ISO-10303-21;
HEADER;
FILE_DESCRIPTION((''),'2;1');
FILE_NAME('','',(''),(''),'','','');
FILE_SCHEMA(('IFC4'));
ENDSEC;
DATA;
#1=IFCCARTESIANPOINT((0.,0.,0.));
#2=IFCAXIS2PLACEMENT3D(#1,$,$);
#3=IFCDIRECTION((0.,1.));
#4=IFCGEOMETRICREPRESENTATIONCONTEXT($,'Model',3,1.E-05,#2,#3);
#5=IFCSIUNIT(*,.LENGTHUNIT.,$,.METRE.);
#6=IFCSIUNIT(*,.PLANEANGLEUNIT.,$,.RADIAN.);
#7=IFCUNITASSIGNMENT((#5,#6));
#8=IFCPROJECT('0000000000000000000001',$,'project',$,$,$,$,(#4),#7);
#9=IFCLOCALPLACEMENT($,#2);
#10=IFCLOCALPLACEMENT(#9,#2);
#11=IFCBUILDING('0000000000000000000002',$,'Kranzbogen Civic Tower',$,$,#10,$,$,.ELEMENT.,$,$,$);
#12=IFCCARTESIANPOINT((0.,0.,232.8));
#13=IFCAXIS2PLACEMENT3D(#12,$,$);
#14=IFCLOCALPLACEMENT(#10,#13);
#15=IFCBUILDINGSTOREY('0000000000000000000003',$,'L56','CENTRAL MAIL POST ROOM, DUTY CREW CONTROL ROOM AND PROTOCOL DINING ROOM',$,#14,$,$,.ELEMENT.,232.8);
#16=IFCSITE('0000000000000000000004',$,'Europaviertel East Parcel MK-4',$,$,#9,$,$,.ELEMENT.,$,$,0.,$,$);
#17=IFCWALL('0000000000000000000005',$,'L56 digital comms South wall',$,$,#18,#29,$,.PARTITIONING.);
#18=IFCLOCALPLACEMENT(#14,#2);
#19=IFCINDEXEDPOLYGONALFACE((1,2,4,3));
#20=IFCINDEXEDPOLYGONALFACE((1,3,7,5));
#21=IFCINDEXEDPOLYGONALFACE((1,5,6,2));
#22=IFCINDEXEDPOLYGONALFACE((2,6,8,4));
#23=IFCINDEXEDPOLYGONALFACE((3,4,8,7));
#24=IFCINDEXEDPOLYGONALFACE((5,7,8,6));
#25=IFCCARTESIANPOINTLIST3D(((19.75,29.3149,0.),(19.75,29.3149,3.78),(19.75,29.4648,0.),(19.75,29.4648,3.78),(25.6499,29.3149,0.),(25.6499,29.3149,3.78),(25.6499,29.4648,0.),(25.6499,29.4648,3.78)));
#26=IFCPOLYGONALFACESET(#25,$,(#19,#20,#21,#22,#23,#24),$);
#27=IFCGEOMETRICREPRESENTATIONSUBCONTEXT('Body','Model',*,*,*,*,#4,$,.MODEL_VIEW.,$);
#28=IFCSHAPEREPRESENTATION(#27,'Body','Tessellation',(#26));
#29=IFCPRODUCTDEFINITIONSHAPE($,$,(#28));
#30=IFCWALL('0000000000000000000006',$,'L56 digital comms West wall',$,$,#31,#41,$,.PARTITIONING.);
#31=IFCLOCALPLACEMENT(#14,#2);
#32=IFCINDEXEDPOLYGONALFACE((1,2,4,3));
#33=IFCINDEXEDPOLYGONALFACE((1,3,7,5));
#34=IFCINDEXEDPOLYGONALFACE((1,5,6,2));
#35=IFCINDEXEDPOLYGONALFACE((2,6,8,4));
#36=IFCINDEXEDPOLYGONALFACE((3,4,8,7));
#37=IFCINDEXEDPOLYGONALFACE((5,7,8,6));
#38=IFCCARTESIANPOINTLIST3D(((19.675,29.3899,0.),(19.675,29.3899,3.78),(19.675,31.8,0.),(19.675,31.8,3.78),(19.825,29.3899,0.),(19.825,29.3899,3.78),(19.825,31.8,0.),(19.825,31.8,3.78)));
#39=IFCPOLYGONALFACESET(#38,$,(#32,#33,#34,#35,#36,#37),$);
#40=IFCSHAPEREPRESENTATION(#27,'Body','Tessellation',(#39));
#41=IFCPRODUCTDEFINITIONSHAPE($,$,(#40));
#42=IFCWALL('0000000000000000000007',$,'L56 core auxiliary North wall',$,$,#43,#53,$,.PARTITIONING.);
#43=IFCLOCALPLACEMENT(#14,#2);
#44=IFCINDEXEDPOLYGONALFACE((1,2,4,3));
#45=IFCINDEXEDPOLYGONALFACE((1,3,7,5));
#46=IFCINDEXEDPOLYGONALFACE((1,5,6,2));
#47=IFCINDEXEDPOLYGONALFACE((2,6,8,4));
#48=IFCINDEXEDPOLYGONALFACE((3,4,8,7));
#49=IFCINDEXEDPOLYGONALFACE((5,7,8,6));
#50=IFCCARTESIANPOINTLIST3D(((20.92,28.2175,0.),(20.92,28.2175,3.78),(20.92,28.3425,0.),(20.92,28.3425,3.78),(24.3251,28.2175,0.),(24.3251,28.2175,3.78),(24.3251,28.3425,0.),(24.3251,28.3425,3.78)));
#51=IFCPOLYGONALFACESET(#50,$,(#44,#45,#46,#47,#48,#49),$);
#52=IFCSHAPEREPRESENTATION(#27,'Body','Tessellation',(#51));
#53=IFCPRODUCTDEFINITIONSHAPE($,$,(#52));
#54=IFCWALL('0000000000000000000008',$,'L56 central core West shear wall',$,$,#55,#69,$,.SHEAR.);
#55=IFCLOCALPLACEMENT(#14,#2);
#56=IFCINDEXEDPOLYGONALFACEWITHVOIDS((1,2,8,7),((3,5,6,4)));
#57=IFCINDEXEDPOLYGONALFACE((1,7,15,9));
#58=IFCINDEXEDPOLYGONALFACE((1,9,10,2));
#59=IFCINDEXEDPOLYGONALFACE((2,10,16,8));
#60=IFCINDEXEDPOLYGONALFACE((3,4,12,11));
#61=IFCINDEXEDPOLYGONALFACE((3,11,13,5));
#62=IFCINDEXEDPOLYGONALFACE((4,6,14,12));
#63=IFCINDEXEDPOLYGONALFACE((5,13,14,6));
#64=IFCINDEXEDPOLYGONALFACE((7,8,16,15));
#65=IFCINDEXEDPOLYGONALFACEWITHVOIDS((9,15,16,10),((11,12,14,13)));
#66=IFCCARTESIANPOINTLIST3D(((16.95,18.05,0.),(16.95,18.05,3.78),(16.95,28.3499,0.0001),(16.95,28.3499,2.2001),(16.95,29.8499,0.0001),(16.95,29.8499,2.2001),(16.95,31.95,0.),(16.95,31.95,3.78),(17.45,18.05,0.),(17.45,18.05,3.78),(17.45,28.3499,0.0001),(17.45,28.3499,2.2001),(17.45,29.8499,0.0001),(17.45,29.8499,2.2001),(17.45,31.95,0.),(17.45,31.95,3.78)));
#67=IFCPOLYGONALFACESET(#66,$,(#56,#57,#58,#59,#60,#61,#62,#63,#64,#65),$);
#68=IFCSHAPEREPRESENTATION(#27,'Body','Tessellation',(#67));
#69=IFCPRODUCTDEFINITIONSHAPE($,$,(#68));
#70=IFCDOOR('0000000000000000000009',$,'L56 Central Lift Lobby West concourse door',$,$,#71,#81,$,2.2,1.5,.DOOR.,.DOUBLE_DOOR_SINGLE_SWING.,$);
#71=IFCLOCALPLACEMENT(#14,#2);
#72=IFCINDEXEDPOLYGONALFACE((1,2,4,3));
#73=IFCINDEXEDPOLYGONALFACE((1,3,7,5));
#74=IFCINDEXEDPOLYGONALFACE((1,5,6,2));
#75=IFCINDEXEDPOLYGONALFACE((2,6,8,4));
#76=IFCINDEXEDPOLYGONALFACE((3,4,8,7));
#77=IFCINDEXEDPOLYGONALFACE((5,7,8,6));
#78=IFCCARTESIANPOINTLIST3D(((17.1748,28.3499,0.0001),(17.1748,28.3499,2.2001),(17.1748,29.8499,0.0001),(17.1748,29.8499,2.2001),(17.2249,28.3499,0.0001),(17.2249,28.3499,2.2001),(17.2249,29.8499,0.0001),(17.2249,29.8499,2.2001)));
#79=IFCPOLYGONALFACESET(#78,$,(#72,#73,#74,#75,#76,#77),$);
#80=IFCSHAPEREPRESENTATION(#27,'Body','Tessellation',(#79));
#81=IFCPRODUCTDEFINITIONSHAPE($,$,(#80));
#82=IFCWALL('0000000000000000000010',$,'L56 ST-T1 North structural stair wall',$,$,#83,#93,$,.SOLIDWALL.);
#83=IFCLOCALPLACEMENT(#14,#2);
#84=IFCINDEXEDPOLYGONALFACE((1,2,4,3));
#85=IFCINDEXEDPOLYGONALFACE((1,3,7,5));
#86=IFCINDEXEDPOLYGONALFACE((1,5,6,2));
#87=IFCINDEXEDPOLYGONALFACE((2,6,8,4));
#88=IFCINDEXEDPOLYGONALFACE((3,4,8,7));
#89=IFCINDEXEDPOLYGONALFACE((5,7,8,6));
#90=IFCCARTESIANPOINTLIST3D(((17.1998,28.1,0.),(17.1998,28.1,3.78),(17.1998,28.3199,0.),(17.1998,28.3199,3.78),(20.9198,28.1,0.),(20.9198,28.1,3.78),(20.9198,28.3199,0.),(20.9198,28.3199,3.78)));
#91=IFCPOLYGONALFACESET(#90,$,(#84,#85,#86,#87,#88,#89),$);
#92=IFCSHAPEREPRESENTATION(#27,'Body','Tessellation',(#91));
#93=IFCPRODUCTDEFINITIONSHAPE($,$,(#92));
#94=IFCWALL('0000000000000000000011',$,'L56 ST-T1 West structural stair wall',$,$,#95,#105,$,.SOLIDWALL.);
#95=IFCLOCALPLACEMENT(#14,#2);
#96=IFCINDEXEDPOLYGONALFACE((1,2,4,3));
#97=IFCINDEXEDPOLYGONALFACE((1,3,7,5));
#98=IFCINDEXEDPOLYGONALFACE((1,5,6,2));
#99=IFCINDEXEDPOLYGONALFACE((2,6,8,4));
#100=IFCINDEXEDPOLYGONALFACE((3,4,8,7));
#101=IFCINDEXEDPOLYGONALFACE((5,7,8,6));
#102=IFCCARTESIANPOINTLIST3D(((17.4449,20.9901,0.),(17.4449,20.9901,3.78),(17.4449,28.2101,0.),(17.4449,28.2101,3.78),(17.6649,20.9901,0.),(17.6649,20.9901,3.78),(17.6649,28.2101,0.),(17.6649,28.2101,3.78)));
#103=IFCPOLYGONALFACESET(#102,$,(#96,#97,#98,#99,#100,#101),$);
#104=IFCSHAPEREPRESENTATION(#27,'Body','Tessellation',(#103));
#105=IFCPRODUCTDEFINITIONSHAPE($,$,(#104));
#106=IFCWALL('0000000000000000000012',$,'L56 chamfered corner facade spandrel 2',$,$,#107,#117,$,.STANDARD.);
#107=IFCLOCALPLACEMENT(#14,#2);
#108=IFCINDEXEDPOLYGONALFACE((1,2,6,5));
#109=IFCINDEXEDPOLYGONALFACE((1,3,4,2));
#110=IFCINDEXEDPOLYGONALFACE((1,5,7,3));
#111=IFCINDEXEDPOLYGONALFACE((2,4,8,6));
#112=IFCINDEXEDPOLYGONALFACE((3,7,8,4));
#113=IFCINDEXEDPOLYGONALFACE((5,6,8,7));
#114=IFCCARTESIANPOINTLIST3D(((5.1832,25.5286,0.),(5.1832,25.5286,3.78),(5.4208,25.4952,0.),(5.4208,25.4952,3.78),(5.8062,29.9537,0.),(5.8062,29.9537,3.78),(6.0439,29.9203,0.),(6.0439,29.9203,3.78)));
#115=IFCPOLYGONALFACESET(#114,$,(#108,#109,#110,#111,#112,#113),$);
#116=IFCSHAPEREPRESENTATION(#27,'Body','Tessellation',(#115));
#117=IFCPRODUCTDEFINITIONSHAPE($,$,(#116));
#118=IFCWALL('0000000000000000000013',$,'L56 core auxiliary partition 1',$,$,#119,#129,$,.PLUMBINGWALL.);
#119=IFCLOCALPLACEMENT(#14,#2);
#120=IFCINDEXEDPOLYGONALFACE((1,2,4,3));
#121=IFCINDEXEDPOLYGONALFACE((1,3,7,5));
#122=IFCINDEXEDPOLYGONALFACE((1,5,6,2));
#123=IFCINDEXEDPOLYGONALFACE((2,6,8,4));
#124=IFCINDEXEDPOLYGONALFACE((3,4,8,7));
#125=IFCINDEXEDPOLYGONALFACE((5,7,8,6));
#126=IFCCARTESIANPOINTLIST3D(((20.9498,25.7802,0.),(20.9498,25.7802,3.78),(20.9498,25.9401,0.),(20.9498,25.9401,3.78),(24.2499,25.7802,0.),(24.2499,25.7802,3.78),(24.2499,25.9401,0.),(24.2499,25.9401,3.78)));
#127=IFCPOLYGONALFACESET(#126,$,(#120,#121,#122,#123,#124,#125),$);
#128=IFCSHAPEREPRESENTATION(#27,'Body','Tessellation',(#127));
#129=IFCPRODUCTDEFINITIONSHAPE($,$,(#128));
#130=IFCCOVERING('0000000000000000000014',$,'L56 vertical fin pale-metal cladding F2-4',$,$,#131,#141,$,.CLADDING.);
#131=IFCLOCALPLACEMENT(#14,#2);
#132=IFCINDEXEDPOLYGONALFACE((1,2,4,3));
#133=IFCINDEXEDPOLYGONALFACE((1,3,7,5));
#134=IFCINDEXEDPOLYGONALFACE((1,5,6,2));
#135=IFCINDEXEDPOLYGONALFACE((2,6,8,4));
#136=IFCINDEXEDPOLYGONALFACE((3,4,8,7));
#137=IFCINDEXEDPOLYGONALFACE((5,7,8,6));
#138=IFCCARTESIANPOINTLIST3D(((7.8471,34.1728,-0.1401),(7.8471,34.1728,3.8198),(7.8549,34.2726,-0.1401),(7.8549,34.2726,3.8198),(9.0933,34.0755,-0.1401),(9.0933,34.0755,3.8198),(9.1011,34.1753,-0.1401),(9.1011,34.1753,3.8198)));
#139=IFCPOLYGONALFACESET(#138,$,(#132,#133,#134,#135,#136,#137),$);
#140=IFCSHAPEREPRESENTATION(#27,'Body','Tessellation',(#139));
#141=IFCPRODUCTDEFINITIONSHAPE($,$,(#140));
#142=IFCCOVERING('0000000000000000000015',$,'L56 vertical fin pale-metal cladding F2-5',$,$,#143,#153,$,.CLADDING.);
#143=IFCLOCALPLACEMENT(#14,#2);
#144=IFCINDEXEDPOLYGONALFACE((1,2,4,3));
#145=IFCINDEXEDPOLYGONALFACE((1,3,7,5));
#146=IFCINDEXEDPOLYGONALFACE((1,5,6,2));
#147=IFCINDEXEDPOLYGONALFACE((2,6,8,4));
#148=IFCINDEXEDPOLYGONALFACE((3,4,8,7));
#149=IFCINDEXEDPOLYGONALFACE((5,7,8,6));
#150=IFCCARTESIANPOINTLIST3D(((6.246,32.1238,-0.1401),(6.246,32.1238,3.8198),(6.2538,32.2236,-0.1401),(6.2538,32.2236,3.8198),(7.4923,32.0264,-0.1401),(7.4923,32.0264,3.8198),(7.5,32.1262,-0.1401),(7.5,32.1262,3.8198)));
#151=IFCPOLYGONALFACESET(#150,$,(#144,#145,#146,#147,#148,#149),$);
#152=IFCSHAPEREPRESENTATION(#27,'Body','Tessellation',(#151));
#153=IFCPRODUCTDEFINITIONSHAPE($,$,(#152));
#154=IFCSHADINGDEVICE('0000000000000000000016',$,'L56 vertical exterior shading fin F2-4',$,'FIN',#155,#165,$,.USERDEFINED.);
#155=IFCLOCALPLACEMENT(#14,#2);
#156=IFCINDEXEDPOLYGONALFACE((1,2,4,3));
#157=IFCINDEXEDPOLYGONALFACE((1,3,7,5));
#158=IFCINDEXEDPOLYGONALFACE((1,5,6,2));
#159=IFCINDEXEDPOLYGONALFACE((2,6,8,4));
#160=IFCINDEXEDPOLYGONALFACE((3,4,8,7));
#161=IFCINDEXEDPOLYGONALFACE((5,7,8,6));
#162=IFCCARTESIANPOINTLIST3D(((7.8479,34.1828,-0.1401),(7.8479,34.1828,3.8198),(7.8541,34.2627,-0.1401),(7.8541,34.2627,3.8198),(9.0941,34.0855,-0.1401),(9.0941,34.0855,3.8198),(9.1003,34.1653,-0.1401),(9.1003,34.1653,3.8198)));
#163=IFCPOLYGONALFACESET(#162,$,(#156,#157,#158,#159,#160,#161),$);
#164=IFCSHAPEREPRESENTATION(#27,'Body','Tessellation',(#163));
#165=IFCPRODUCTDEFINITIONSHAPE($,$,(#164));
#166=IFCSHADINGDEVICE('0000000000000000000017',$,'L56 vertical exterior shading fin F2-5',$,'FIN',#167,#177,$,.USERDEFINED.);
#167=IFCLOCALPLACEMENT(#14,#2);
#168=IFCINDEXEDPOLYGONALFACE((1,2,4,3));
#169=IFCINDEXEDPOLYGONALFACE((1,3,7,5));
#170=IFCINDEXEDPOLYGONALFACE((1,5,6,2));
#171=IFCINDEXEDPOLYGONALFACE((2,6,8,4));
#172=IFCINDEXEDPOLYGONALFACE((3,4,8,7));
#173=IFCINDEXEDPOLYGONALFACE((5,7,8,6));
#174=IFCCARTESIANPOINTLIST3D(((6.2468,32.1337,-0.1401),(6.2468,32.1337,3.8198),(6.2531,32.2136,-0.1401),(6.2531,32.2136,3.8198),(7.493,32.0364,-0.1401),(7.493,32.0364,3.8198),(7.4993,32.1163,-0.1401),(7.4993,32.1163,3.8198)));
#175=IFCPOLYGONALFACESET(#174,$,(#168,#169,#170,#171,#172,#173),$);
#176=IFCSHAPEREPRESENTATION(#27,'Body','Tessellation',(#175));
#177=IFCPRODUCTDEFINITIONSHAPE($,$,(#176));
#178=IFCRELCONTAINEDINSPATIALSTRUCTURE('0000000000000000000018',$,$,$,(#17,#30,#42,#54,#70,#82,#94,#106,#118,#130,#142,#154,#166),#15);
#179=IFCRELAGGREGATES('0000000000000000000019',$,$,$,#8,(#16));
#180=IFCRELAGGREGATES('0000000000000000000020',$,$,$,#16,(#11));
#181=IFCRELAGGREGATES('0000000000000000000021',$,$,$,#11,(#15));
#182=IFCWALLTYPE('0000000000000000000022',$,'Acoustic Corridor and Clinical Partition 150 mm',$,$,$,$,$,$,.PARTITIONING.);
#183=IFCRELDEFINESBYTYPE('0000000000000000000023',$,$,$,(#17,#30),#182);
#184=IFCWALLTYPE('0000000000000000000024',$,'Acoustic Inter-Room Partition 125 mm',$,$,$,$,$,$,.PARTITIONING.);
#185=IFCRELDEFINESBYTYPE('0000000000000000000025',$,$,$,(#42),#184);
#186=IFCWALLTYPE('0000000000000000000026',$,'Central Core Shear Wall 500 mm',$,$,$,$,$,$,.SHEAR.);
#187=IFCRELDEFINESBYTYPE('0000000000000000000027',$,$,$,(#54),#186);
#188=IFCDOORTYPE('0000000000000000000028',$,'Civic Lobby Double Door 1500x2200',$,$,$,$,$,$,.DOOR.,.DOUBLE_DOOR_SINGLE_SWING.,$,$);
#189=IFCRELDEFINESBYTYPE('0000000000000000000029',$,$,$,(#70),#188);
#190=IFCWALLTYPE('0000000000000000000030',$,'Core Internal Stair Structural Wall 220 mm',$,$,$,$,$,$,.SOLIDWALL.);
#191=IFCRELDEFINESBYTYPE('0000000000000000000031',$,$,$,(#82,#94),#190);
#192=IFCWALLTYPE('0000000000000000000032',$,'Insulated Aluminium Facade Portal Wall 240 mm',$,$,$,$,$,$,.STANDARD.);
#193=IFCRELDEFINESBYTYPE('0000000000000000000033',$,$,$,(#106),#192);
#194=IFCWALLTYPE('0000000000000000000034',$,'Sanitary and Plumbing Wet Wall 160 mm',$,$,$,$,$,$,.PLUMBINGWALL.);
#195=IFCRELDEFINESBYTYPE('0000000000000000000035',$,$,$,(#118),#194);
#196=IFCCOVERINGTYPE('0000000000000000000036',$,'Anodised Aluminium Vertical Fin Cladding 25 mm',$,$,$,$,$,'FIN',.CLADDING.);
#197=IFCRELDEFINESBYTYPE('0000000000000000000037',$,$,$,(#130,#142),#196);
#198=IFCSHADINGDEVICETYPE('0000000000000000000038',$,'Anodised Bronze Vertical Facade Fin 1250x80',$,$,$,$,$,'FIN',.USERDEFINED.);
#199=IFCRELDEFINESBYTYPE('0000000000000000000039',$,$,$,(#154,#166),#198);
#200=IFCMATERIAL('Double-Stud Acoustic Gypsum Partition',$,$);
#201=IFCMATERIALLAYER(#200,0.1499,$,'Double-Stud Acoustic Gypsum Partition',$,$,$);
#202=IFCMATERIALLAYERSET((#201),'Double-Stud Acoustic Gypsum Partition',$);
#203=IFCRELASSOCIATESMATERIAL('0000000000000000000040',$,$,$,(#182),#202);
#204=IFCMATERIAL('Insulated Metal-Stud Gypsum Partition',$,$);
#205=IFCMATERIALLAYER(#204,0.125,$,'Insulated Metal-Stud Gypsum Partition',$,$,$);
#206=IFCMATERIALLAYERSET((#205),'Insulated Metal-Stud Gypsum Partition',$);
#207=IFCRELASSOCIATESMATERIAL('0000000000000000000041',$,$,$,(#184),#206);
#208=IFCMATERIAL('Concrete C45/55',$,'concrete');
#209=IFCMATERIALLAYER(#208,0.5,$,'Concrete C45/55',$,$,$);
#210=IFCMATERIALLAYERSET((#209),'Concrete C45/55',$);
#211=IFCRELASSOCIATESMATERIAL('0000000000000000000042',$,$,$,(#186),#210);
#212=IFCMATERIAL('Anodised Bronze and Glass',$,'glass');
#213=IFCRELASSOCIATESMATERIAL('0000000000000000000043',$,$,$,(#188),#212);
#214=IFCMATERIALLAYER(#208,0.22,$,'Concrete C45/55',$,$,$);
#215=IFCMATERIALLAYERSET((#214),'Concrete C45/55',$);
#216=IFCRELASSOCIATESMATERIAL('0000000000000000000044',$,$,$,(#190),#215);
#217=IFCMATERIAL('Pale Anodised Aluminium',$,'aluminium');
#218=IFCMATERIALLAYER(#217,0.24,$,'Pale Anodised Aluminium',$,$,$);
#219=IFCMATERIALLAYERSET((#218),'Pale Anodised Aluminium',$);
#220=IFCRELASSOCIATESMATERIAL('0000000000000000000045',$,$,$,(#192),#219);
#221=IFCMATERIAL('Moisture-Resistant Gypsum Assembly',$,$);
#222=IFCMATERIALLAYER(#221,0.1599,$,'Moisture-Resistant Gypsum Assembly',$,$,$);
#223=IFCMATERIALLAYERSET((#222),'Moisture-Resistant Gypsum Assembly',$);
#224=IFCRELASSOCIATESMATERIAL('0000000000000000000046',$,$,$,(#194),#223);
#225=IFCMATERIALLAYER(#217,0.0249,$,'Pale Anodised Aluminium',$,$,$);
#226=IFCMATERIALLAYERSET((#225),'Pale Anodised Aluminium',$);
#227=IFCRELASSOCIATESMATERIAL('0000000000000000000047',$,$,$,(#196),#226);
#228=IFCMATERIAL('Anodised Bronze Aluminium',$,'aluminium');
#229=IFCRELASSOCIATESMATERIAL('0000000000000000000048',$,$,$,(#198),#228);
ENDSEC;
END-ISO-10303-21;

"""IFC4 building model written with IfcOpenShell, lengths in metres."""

from ifc_helpers import new_model, si_unit, direction, frame, frame_2d, origin, origin_2d, place, context, subcontext, project, spatial, rectangle, extrude, material, layer, layer_set, type_object, element, fill, save


model = new_model("IFC4")

# Units and contexts
model_context = context("Model", 3, precision=1e-05, world=origin(), true_north=direction((0.0, 1.0)))
body_context = subcontext(model_context, "Body", "Model", "MODEL_VIEW")
ifc_project = project(units=[si_unit("LENGTHUNIT", "METRE"), si_unit("PLANEANGLEUNIT", "RADIAN")], contexts=[model_context])

# Site, building, storey
site_placement = place(None, origin())
site = spatial("IfcSite", under=ifc_project, at=site_placement, Name="Europaviertel East Parcel MK-4", CompositionType="ELEMENT", RefElevation=0.0)
building_placement = place(site_placement, origin())
building = spatial("IfcBuilding", under=site, at=building_placement, Name="Kranzbogen Civic Tower", CompositionType="ELEMENT")
storey_placement = place(building_placement, frame((0.0, 0.0, 232.8)))
storey = spatial("IfcBuildingStorey", under=building, at=storey_placement, Name="L56", Description="CENTRAL MAIL POST ROOM, DUTY CREW CONTROL ROOM AND PROTOCOL DINING ROOM", CompositionType="ELEMENT", Elevation=232.8)

# Shared definitions
ifc_material_1 = material(Name="Pale Anodised Aluminium", Category="aluminium")

# Walls
ifc_material_2 = material(Name="Double-Stud Acoustic Gypsum Partition")
ifc_layer_1 = layer(ifc_material_2, 0.1499, Name="Double-Stud Acoustic Gypsum Partition")
ifc_layer_set_1 = layer_set([ifc_layer_1], Name="Double-Stud Acoustic Gypsum Partition")
wall_type_1 = type_object("IfcWallType", Name="Acoustic Corridor and Clinical Partition 150 mm", PredefinedType="PARTITIONING", material=ifc_layer_set_1)
wall_1_placement = place(storey_placement, frame((19.75, 29.3899, 0.0), z_axis=(0.0, 0.0, 1.0), x_axis=(1.0, 0.0, 0.0)))
element("IfcWall", 1, at=wall_1_placement, inside=storey, type_object=wall_type_1, Name="L56 digital comms South wall", PredefinedType="PARTITIONING", context=body_context, shape_type="SweptSolid", body=[
    extrude(rectangle(XDim=5.8999, YDim=0.1499, at=frame_2d((2.95, 0.0))), origin(), (0.0, 0.0, 1.0), 3.78),
])
wall_2_placement = place(storey_placement, frame((19.75, 29.3899, 0.0), z_axis=(0.0, 0.0, 1.0), x_axis=(0.0, 1.0, 0.0)))
element("IfcWall", 2, at=wall_2_placement, inside=storey, type_object=wall_type_1, Name="L56 digital comms West wall", PredefinedType="PARTITIONING", context=body_context, shape_type="SweptSolid", body=[
    extrude(rectangle(XDim=2.4102, YDim=0.1499, at=frame_2d((1.2051, 0.0))), origin(), (0.0, 0.0, 1.0), 3.78),
])
ifc_material_3 = material(Name="Insulated Metal-Stud Gypsum Partition")
ifc_layer_2 = layer(ifc_material_3, 0.125, Name="Insulated Metal-Stud Gypsum Partition")
ifc_layer_set_2 = layer_set([ifc_layer_2], Name="Insulated Metal-Stud Gypsum Partition")
wall_type_2 = type_object("IfcWallType", Name="Acoustic Inter-Room Partition 125 mm", PredefinedType="PARTITIONING", material=ifc_layer_set_2)
wall_3_placement = place(storey_placement, frame((20.9199, 28.28, 0.0), z_axis=(0.0, 0.0, 1.0), x_axis=(1.0, 0.0, 0.0)))
element("IfcWall", 3, at=wall_3_placement, inside=storey, type_object=wall_type_2, Name="L56 core auxiliary North wall", PredefinedType="PARTITIONING", context=body_context, shape_type="SweptSolid", body=[
    extrude(rectangle(XDim=3.405, YDim=0.125, at=frame_2d((1.7026, 0.0))), origin(), (0.0, 0.0, 1.0), 3.78),
])

# Wall, opening, door
ifc_material_4 = material(Name="Concrete C45/55", Category="concrete")
ifc_layer_3 = layer(ifc_material_4, 0.5, Name="Concrete C45/55")
ifc_layer_set_3 = layer_set([ifc_layer_3], Name="Concrete C45/55")
wall_type_3 = type_object("IfcWallType", Name="Central Core Shear Wall 500 mm", PredefinedType="SHEAR", material=ifc_layer_set_3)
wall_4_placement = place(storey_placement, frame((17.2, 31.95, 0.0), z_axis=(0.0, 0.0, 1.0), x_axis=(0.0, -1.0, 0.0)))
wall_4 = element("IfcWall", 4, at=wall_4_placement, inside=storey, type_object=wall_type_3, Name="L56 central core West shear wall", PredefinedType="SHEAR", context=body_context, shape_type="SweptSolid", body=[
    extrude(rectangle(XDim=13.8999, YDim=0.5, at=frame_2d((6.95, 0.0))), origin(), (0.0, 0.0, 1.0), 3.78),
])
opening_placement = place(wall_4_placement, frame((2.1001, 0.0, 0.0)))
opening = element("IfcOpeningElement", 5, at=opening_placement, cuts=wall_4, PredefinedType="OPENING", context=body_context, shape_type="SweptSolid", body=[
    extrude(rectangle(XDim=1.5, YDim=2.2, at=frame_2d((0.75, 1.1001))), frame((0.0, 0.26, 0.0), z_axis=(0.0, -1.0, 0.0), x_axis=(1.0, 0.0, 0.0)), (0.0, 0.0, 1.0), 0.52),
])
ifc_material_5 = material(Name="Anodised Bronze and Glass", Category="glass")
door_type = type_object("IfcDoorType", Name="Civic Lobby Double Door 1500x2200", OperationType="DOUBLE_DOOR_SINGLE_SWING", PredefinedType="DOOR", material=ifc_material_5)
door_placement = place(opening_placement, origin())
door = element("IfcDoor", 6, at=door_placement, inside=storey, type_object=door_type, Name="L56 Central Lift Lobby West concourse door", OperationType="DOUBLE_DOOR_SINGLE_SWING", OverallHeight=2.2, OverallWidth=1.5, PredefinedType="DOOR", context=body_context, shape_type="SweptSolid", body=[
    extrude(rectangle(XDim=1.5, YDim=2.2, at=frame_2d((0.75, 1.1001))), frame((0.0, 0.0249, 0.0), z_axis=(0.0, -1.0, 0.0), x_axis=(1.0, 0.0, 0.0)), (0.0, 0.0, 1.0), 0.05),
])
fill(opening, door)

# Walls
ifc_layer_4 = layer(ifc_material_4, 0.22, Name="Concrete C45/55")
ifc_layer_set_4 = layer_set([ifc_layer_4], Name="Concrete C45/55")
wall_type_4 = type_object("IfcWallType", Name="Core Internal Stair Structural Wall 220 mm", PredefinedType="SOLIDWALL", material=ifc_layer_set_4)
wall_5_placement = place(storey_placement, frame((17.2, 28.21, 0.0), z_axis=(0.0, 0.0, 1.0), x_axis=(1.0, 0.0, 0.0)))
element("IfcWall", 7, at=wall_5_placement, inside=storey, type_object=wall_type_4, Name="L56 ST-T1 North structural stair wall", PredefinedType="SOLIDWALL", context=body_context, shape_type="SweptSolid", body=[
    extrude(rectangle(XDim=3.72, YDim=0.22, at=frame_2d((1.8599, 0.0))), origin(), (0.0, 0.0, 1.0), 3.78),
])
wall_6_placement = place(storey_placement, frame((17.5549, 28.21, 0.0), z_axis=(0.0, 0.0, 1.0), x_axis=(0.0, -1.0, 0.0)))
element("IfcWall", 8, at=wall_6_placement, inside=storey, type_object=wall_type_4, Name="L56 ST-T1 West structural stair wall", PredefinedType="SOLIDWALL", context=body_context, shape_type="SweptSolid", body=[
    extrude(rectangle(XDim=7.22, YDim=0.22, at=frame_2d((3.6099, 0.0))), origin(), (0.0, 0.0, 1.0), 3.78),
])
ifc_layer_5 = layer(ifc_material_1, 0.24, Name="Pale Anodised Aluminium")
ifc_layer_set_5 = layer_set([ifc_layer_5], Name="Pale Anodised Aluminium")
wall_type_5 = type_object("IfcWallType", Name="Insulated Aluminium Facade Portal Wall 240 mm", PredefinedType="STANDARD", material=ifc_layer_set_5)
wall_7_placement = place(storey_placement, frame((5.925, 29.937, 0.0), z_axis=(0.0, 0.0, 1.0), x_axis=(-0.139425, -0.990233, 0.0)))
element("IfcWall", 9, at=wall_7_placement, inside=storey, type_object=wall_type_5, Name="L56 chamfered corner facade spandrel 2", PredefinedType="STANDARD", context=body_context, shape_type="SweptSolid", body=[
    extrude(rectangle(XDim=4.4688, YDim=0.24, at=frame_2d((2.2344, 0.0))), origin(), (0.0, 0.0, 1.0), 3.78),
])
ifc_material_6 = material(Name="Moisture-Resistant Gypsum Assembly")
ifc_layer_6 = layer(ifc_material_6, 0.1599, Name="Moisture-Resistant Gypsum Assembly")
ifc_layer_set_6 = layer_set([ifc_layer_6], Name="Moisture-Resistant Gypsum Assembly")
wall_type_6 = type_object("IfcWallType", Name="Sanitary and Plumbing Wet Wall 160 mm", PredefinedType="PLUMBINGWALL", material=ifc_layer_set_6)
wall_8_placement = place(storey_placement, frame((20.95, 25.8601, 0.0), z_axis=(0.0, 0.0, 1.0), x_axis=(1.0, 0.0, 0.0)))
element("IfcWall", 10, at=wall_8_placement, inside=storey, type_object=wall_type_6, Name="L56 core auxiliary partition 1", PredefinedType="PLUMBINGWALL", context=body_context, shape_type="SweptSolid", body=[
    extrude(rectangle(XDim=3.3, YDim=0.1599, at=frame_2d((1.6499, 0.0))), origin(), (0.0, 0.0, 1.0), 3.78),
])

# Coverings
ifc_layer_7 = layer(ifc_material_1, 0.0249, Name="Pale Anodised Aluminium")
ifc_layer_set_7 = layer_set([ifc_layer_7], Name="Pale Anodised Aluminium")
covering_type = type_object("IfcCoveringType", Name="Anodised Aluminium Vertical Fin Cladding 25 mm", ElementType="FIN", PredefinedType="CLADDING", material=ifc_layer_set_7)
for number, where, z_axis, x_axis, name in (
    (11, (8.4741, 34.1741, -0.1401), (0.0, 0.0, 1.0), (-0.996964, 0.077867, 0.0), "L56 vertical fin pale-metal cladding F2-4"),
    (12, (6.873, 32.125, -0.1401), (0.0, 0.0, 1.0), (-0.996964, 0.077867, 0.0), "L56 vertical fin pale-metal cladding F2-5"),
):
    element("IfcCovering", number, at=place(storey_placement, frame(where, z_axis=z_axis, x_axis=x_axis)), inside=storey, type_object=covering_type, Name=name, PredefinedType="CLADDING", context=body_context, shape_type="SweptSolid", body=[
        extrude(rectangle(XDim=1.25, YDim=0.1001, at=origin_2d()), origin(), (0.0, 0.0, 1.0), 3.96),
    ])

# Shading devices
ifc_material_7 = material(Name="Anodised Bronze Aluminium", Category="aluminium")
shading_device_type = type_object("IfcShadingDeviceType", Name="Anodised Bronze Vertical Facade Fin 1250x80", ElementType="FIN", PredefinedType="USERDEFINED", material=ifc_material_7)
for number, where, z_axis, x_axis, name in (
    (13, (8.4741, 34.1741, -0.1401), (0.0, 0.0, 1.0), (-0.996964, 0.077867, 0.0), "L56 vertical exterior shading fin F2-4"),
    (14, (6.873, 32.125, -0.1401), (0.0, 0.0, 1.0), (-0.996964, 0.077867, 0.0), "L56 vertical exterior shading fin F2-5"),
):
    element("IfcShadingDevice", number, at=place(storey_placement, frame(where, z_axis=z_axis, x_axis=x_axis)), inside=storey, type_object=shading_device_type, Name=name, ObjectType="FIN", PredefinedType="USERDEFINED", context=body_context, shape_type="SweptSolid", body=[
        extrude(rectangle(XDim=1.25, YDim=0.0801, at=origin_2d()), origin(), (0.0, 0.0, 1.0), 3.96),
    ])

save(model, "model.ifc")
